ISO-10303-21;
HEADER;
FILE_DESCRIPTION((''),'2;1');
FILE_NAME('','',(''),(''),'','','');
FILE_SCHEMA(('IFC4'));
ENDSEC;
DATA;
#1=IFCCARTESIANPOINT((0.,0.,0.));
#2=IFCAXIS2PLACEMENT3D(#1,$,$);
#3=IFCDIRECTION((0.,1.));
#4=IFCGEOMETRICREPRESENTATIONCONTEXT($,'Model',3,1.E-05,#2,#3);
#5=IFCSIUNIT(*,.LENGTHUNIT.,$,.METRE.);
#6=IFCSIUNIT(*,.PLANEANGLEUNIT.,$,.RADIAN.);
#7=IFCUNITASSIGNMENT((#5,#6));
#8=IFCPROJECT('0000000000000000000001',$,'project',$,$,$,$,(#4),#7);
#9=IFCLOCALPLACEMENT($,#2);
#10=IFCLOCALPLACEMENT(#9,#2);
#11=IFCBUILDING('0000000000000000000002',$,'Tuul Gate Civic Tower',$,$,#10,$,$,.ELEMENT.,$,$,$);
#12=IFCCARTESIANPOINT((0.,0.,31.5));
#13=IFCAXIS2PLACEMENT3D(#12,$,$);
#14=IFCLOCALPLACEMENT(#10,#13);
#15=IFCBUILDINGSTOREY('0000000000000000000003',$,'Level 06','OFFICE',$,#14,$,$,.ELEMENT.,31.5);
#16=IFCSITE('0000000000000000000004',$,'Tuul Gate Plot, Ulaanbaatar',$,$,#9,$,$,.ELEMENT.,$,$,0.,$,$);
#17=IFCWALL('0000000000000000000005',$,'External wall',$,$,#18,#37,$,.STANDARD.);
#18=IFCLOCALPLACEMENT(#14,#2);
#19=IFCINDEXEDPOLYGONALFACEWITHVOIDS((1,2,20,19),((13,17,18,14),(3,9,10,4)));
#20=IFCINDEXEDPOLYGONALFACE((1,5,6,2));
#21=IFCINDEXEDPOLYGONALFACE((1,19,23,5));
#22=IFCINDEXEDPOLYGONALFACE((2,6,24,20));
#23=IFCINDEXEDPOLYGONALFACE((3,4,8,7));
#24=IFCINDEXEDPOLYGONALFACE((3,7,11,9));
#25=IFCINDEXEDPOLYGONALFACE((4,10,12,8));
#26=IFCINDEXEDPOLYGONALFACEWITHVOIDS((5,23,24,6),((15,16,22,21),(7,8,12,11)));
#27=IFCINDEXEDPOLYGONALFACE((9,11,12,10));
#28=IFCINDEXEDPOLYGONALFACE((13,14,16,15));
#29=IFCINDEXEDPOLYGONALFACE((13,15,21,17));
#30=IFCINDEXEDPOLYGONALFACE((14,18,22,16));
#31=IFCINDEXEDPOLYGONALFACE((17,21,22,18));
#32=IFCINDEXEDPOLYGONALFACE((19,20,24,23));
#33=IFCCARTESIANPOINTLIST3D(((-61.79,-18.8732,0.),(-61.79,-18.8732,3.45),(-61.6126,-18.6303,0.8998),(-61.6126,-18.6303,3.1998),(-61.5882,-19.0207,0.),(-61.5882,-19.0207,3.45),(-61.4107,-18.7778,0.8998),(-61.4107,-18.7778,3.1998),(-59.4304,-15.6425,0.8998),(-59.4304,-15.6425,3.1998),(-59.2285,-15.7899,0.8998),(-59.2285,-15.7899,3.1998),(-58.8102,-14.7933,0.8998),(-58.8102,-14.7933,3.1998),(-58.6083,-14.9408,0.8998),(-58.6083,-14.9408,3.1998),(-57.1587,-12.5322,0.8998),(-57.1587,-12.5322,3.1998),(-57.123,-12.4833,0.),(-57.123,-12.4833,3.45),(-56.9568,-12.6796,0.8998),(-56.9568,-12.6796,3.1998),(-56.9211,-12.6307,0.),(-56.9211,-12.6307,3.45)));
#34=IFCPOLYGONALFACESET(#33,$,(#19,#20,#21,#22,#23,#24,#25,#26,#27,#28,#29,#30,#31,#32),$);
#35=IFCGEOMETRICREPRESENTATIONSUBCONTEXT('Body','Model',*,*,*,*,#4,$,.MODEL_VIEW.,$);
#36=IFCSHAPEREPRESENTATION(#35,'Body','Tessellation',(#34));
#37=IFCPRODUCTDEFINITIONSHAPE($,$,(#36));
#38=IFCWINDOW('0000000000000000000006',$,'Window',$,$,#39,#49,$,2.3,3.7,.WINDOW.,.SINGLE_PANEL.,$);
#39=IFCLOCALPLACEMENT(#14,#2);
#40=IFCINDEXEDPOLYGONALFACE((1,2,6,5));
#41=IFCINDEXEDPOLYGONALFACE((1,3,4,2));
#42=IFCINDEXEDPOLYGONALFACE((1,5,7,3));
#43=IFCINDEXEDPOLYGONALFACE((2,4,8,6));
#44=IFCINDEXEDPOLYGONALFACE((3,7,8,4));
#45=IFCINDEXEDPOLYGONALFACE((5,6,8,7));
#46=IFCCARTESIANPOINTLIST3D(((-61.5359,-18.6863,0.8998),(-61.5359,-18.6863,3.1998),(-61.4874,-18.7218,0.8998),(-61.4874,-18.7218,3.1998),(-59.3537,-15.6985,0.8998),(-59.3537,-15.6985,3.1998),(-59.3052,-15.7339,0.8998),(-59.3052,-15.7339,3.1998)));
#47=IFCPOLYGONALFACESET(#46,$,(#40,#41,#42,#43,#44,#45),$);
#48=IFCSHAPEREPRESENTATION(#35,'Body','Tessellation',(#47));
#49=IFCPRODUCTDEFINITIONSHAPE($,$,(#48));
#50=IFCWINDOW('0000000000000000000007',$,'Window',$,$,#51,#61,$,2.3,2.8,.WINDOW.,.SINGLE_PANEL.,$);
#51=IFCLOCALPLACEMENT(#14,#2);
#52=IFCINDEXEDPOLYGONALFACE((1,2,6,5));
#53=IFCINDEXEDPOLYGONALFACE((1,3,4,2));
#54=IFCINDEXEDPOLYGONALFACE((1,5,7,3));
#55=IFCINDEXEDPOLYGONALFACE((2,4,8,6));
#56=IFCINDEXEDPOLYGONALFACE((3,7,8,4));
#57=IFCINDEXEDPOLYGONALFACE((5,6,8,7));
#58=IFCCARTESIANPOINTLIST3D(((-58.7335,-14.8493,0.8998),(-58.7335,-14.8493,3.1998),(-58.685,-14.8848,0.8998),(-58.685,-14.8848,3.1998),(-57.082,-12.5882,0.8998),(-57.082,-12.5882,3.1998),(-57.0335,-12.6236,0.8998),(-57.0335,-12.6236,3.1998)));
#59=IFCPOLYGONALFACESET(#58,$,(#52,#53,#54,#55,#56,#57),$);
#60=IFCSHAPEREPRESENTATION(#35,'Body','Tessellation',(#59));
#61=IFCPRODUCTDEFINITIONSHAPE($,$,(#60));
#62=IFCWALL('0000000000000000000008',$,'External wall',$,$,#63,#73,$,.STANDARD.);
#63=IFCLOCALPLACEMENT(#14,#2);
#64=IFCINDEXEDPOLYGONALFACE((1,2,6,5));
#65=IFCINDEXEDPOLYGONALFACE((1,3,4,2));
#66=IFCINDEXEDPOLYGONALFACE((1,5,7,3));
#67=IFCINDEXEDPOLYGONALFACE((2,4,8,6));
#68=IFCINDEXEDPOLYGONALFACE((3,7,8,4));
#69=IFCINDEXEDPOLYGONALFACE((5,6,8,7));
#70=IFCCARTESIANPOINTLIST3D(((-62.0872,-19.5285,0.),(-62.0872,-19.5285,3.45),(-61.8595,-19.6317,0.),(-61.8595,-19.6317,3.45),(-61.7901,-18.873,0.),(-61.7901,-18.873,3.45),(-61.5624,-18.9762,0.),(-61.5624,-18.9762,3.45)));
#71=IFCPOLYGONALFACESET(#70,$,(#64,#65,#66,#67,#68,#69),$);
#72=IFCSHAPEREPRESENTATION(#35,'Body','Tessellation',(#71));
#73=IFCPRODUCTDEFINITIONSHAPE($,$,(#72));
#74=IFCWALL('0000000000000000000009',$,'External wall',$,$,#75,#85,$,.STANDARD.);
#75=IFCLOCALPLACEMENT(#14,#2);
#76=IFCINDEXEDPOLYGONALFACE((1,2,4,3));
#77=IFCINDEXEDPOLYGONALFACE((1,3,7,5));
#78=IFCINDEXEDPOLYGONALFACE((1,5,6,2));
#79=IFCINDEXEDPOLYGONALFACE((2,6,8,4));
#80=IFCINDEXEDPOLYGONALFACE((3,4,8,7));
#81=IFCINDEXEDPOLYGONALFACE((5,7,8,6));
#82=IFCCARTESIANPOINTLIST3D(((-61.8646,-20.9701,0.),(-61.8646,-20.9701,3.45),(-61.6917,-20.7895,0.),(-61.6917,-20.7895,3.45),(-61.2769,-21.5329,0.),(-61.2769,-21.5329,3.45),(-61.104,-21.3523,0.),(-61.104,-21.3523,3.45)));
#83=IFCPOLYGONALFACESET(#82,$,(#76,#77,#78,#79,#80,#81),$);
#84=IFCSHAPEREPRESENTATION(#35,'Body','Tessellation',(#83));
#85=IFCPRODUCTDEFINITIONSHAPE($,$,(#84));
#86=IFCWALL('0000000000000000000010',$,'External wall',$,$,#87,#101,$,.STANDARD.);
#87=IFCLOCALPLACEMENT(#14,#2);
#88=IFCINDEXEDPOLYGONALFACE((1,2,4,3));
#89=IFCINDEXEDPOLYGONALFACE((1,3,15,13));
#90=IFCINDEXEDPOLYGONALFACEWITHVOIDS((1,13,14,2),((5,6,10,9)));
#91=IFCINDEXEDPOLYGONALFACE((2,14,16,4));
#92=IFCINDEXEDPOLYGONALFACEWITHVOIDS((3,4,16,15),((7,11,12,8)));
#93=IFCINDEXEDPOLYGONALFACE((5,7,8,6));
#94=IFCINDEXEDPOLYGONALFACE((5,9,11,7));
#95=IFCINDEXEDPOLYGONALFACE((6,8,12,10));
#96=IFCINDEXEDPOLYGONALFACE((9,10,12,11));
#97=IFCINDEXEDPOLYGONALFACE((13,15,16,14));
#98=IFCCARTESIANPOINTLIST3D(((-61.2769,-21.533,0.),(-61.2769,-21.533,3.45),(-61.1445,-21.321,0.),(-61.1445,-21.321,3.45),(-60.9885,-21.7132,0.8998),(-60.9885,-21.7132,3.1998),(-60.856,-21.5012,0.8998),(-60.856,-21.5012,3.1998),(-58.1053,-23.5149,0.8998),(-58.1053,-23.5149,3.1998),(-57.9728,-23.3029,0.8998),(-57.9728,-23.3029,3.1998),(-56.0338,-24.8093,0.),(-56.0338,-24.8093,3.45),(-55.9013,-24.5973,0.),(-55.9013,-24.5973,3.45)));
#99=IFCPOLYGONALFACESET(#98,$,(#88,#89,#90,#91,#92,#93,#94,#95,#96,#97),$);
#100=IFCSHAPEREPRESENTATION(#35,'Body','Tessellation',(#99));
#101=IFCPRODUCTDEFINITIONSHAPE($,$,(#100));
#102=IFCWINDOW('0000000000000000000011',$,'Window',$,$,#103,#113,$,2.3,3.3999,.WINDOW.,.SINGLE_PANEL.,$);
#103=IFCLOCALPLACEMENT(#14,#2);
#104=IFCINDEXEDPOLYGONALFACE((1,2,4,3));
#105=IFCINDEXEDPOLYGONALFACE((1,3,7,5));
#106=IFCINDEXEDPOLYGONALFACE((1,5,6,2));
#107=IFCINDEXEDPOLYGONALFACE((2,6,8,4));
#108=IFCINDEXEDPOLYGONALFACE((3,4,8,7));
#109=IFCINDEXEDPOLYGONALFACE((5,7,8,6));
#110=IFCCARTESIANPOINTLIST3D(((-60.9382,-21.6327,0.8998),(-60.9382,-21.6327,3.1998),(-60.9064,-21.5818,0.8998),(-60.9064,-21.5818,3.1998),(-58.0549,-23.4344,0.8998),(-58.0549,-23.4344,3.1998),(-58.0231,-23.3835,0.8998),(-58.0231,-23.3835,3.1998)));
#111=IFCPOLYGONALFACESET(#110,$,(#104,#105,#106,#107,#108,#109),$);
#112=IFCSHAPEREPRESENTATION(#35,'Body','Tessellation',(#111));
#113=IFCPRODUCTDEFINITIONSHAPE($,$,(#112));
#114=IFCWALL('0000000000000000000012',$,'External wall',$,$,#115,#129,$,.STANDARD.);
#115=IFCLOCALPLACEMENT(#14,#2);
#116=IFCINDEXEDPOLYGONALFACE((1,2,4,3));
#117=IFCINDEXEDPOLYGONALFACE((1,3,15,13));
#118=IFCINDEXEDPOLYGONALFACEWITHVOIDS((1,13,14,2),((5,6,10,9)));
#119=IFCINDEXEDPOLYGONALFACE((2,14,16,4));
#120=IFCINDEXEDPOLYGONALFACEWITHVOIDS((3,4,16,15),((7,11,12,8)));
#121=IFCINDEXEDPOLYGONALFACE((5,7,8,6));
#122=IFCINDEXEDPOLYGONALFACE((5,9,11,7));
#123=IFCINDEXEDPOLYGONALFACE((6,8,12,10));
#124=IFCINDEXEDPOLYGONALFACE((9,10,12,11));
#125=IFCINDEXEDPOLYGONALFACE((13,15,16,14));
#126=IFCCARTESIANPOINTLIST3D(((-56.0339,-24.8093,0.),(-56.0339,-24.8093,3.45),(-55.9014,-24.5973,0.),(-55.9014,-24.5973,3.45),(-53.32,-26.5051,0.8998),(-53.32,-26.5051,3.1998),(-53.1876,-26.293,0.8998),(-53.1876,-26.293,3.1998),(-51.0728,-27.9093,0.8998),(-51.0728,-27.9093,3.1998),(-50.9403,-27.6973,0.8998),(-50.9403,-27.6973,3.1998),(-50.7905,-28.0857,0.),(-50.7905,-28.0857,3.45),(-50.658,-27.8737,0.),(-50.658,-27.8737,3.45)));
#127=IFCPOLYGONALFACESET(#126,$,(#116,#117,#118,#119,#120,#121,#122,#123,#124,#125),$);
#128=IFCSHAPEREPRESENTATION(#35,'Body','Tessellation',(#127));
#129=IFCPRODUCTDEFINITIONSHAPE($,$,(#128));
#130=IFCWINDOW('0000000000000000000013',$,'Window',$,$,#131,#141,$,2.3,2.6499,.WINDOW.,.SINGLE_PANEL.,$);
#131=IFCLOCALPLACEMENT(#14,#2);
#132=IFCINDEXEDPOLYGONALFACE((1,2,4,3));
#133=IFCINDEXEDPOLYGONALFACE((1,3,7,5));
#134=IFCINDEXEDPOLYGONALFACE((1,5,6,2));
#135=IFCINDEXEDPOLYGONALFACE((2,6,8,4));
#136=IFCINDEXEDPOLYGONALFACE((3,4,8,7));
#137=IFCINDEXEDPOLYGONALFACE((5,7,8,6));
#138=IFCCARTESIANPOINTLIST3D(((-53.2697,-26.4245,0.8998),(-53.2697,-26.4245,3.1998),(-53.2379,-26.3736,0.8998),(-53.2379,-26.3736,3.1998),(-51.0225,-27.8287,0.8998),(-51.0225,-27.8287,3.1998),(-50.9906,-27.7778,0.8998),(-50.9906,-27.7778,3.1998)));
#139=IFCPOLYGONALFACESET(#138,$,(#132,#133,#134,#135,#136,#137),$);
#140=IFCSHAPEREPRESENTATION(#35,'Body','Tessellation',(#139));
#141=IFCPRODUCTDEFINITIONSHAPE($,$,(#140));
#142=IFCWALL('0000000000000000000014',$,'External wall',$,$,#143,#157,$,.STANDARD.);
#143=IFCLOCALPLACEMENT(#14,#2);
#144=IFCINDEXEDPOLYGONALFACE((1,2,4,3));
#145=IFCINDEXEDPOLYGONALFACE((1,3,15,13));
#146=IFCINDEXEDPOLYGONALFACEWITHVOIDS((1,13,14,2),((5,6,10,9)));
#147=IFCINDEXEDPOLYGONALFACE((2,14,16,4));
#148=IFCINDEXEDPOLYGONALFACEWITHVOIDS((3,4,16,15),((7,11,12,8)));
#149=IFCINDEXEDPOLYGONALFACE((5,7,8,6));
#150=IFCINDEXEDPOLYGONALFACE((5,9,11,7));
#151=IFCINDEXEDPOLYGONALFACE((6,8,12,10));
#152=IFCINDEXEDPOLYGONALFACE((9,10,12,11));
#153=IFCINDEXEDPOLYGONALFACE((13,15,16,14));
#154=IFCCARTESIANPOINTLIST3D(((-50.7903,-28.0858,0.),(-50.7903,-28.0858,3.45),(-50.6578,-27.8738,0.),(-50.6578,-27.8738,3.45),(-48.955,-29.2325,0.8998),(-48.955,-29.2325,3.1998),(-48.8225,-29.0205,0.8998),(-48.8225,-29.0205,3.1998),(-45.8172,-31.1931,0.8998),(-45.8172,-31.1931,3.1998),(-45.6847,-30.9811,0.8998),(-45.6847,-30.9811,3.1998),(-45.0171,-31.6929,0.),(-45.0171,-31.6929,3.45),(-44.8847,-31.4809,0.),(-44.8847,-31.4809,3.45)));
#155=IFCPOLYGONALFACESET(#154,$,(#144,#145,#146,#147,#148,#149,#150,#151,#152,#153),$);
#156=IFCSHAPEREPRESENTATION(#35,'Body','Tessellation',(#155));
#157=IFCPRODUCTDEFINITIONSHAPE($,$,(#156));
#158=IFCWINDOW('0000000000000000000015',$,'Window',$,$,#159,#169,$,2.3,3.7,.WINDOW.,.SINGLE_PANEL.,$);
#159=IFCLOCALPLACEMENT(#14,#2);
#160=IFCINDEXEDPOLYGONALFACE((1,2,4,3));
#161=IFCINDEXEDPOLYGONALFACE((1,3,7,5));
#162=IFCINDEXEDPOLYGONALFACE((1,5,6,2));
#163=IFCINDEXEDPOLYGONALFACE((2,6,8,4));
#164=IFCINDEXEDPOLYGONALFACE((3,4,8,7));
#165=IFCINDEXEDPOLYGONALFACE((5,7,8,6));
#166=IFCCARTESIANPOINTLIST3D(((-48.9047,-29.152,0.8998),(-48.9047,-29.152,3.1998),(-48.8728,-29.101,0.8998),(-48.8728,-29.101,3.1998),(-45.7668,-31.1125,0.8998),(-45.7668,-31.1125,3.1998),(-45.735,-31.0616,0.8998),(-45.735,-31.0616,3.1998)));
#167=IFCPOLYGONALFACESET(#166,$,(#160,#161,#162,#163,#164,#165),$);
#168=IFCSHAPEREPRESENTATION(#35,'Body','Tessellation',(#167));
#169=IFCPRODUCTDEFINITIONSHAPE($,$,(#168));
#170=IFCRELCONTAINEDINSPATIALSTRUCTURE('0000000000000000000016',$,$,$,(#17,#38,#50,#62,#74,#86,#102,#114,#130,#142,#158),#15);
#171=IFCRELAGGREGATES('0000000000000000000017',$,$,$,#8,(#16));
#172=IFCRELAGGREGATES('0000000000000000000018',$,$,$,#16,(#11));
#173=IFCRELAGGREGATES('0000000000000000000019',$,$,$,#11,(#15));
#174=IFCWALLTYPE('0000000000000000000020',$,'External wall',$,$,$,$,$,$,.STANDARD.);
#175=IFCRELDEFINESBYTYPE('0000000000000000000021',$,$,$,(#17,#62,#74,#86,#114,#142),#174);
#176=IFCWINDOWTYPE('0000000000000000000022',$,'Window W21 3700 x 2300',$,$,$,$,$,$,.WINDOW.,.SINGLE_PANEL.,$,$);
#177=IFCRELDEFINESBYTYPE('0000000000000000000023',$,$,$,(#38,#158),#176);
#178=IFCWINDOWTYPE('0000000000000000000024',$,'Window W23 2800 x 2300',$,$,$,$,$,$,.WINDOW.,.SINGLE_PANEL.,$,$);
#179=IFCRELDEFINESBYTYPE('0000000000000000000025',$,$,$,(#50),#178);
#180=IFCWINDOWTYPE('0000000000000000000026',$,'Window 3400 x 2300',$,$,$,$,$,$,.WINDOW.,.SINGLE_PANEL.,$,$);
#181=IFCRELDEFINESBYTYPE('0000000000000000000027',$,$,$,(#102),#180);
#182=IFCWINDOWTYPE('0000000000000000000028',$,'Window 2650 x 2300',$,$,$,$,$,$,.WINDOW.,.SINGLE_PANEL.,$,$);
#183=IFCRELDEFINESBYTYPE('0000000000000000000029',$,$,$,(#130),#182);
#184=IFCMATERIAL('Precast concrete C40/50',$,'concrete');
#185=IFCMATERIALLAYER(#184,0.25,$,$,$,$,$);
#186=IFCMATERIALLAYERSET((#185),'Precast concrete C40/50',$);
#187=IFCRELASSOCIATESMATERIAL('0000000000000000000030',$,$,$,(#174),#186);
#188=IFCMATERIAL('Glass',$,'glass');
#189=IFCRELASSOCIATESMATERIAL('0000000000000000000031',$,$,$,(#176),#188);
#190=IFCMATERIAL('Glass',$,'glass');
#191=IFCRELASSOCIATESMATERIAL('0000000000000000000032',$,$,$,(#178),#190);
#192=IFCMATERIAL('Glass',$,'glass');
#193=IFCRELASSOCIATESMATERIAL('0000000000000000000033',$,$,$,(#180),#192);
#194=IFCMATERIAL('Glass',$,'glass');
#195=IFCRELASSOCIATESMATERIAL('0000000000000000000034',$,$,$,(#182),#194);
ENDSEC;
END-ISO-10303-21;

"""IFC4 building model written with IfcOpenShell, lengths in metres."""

from ifc_helpers import new_model, si_unit, direction, frame, frame_2d, origin, place, context, subcontext, project, spatial, rectangle, extrude, material, layer, layer_set, type_object, element, fill, save


model = new_model("IFC4")

# Units and contexts
model_context = context("Model", 3, precision=1e-05, world=origin(), true_north=direction((0.0, 1.0)))
body_context = subcontext(model_context, "Body", "Model", "MODEL_VIEW")
ifc_project = project(units=[si_unit("LENGTHUNIT", "METRE"), si_unit("PLANEANGLEUNIT", "RADIAN")], contexts=[model_context])

# Site, building, storey
site_placement = place(None, origin())
site = spatial("IfcSite", under=ifc_project, at=site_placement, Name="Tuul Gate Plot, Ulaanbaatar", CompositionType="ELEMENT", RefElevation=0.0)
building_placement = place(site_placement, origin())
building = spatial("IfcBuilding", under=site, at=building_placement, Name="Tuul Gate Civic Tower", CompositionType="ELEMENT")
storey_placement = place(building_placement, frame((0.0, 0.0, 31.5)))
storey = spatial("IfcBuildingStorey", under=building, at=storey_placement, Name="Level 06", Description="OFFICE", CompositionType="ELEMENT", Elevation=31.5)

# Wall, openings, windows
ifc_material_1 = material(Name="Precast concrete C40/50", Category="concrete")
ifc_layer_1 = layer(ifc_material_1, 0.25)
ifc_layer_set_1 = layer_set([ifc_layer_1], Name="Precast concrete C40/50")
wall_type_1 = type_object("IfcWallType", Name="External wall", PredefinedType="STANDARD", material=ifc_layer_set_1)
wall_1_placement = place(storey_placement, frame((-57.022, -12.5569, 0.0), z_axis=(0.0, 0.0, 1.0), x_axis=(-0.589807, -0.807544, 0.0)))
wall_1 = element("IfcWall", 1, at=wall_1_placement, inside=storey, type_object=wall_type_1, Name="External wall", PredefinedType="STANDARD", context=body_context, shape_type="SweptSolid", body=[
    extrude(rectangle(XDim=7.9128, YDim=0.25, at=frame_2d((3.9565, 0.0))), origin(), (0.0, 0.0, 1.0), 3.45),
])
opening_1_placement = place(wall_1_placement, frame((0.0608, 0.0, 0.8999)))
opening_1 = element("IfcOpeningElement", 2, at=opening_1_placement, cuts=wall_1, PredefinedType="OPENING", context=body_context, shape_type="SweptSolid", body=[
    extrude(rectangle(XDim=2.8, YDim=2.3, at=frame_2d((1.3999, 1.1499))), frame((0.0, 0.135, 0.0), z_axis=(0.0, -1.0, 0.0), x_axis=(1.0, 0.0, 0.0)), (0.0, 0.0, 1.0), 0.27),
])
opening_2_placement = place(wall_1_placement, frame((3.9121, 0.0, 0.8999)))
opening_2 = element("IfcOpeningElement", 3, at=opening_2_placement, cuts=wall_1, PredefinedType="OPENING", context=body_context, shape_type="SweptSolid", body=[
    extrude(rectangle(XDim=3.7, YDim=2.3, at=frame_2d((1.8501, 1.1499))), frame((0.0, 0.135, 0.0), z_axis=(0.0, -1.0, 0.0), x_axis=(1.0, 0.0, 0.0)), (0.0, 0.0, 1.0), 0.27),
])
ifc_material_2 = material(Name="Glass", Category="glass")
window_type_1 = type_object("IfcWindowType", Name="Window W21 3700 x 2300", PartitioningType="SINGLE_PANEL", PredefinedType="WINDOW", material=ifc_material_2)
window_1_placement = place(opening_2_placement, origin())
window_1 = element("IfcWindow", 4, at=window_1_placement, inside=storey, type_object=window_type_1, Name="Window", OverallHeight=2.3, OverallWidth=3.7, PartitioningType="SINGLE_PANEL", PredefinedType="WINDOW", context=body_context, shape_type="SweptSolid", body=[
    extrude(rectangle(XDim=3.7, YDim=2.3, at=frame_2d((1.8501, 1.1499))), frame((0.0, 0.03, 0.0), z_axis=(0.0, -1.0, 0.0), x_axis=(1.0, 0.0, 0.0)), (0.0, 0.0, 1.0), 0.0601),
])
fill(opening_2, window_1)
ifc_material_3 = material(Name="Glass", Category="glass")
window_type_2 = type_object("IfcWindowType", Name="Window W23 2800 x 2300", PartitioningType="SINGLE_PANEL", PredefinedType="WINDOW", material=ifc_material_3)
window_2_placement = place(opening_1_placement, origin())
window_2 = element("IfcWindow", 5, at=window_2_placement, inside=storey, type_object=window_type_2, Name="Window", OverallHeight=2.3, OverallWidth=2.8, PartitioningType="SINGLE_PANEL", PredefinedType="WINDOW", context=body_context, shape_type="SweptSolid", body=[
    extrude(rectangle(XDim=2.8, YDim=2.3, at=frame_2d((1.3999, 1.1499))), frame((0.0, 0.03, 0.0), z_axis=(0.0, -1.0, 0.0), x_axis=(1.0, 0.0, 0.0)), (0.0, 0.0, 1.0), 0.0601),
])
fill(opening_1, window_2)

# Walls
wall_2_placement = place(storey_placement, frame((-61.6763, -18.9246, 0.0), z_axis=(0.0, 0.0, 1.0), x_axis=(-0.412832, -0.910807, 0.0)))
element("IfcWall", 6, at=wall_2_placement, inside=storey, type_object=wall_type_1, Name="External wall", PredefinedType="STANDARD", context=body_context, shape_type="SweptSolid", body=[
    extrude(rectangle(XDim=0.7197, YDim=0.25, at=frame_2d((0.3599, 0.0))), origin(), (0.0, 0.0, 1.0), 3.45),
])
wall_3_placement = place(storey_placement, frame((-61.7781, -20.8799, 0.0), z_axis=(0.0, 0.0, 1.0), x_axis=(0.722244, -0.691638, 0.0)))
element("IfcWall", 7, at=wall_3_placement, inside=storey, type_object=wall_type_1, Name="External wall", PredefinedType="STANDARD", context=body_context, shape_type="SweptSolid", body=[
    extrude(rectangle(XDim=0.8137, YDim=0.25, at=frame_2d((0.4067, 0.0))), origin(), (0.0, 0.0, 1.0), 3.45),
])

# Walls, openings, windows
wall_4_placement = place(storey_placement, frame((-61.2107, -21.427, 0.0), z_axis=(0.0, 0.0, 1.0), x_axis=(0.848043, -0.529928, 0.0)))
wall_4 = element("IfcWall", 8, at=wall_4_placement, inside=storey, type_object=wall_type_1, Name="External wall", PredefinedType="STANDARD", context=body_context, shape_type="SweptSolid", body=[
    extrude(rectangle(XDim=6.1826, YDim=0.25, at=frame_2d((3.0913, 0.0))), origin(), (0.0, 0.0, 1.0), 3.45),
])
opening_3_placement = place(wall_4_placement, frame((0.3401, 0.0, 0.8999)))
opening_3 = element("IfcOpeningElement", 9, at=opening_3_placement, cuts=wall_4, PredefinedType="OPENING", context=body_context, shape_type="SweptSolid", body=[
    extrude(rectangle(XDim=3.3999, YDim=2.3, at=frame_2d((1.7, 1.1499))), frame((0.0, 0.135, 0.0), z_axis=(0.0, -1.0, 0.0), x_axis=(1.0, 0.0, 0.0)), (0.0, 0.0, 1.0), 0.27),
])
ifc_material_4 = material(Name="Glass", Category="glass")
window_type_3 = type_object("IfcWindowType", Name="Window 3400 x 2300", PartitioningType="SINGLE_PANEL", PredefinedType="WINDOW", material=ifc_material_4)
window_3_placement = place(opening_3_placement, origin())
window_3 = element("IfcWindow", 10, at=window_3_placement, inside=storey, type_object=window_type_3, Name="Window", OverallHeight=2.3, OverallWidth=3.3999, PartitioningType="SINGLE_PANEL", PredefinedType="WINDOW", context=body_context, shape_type="SweptSolid", body=[
    extrude(rectangle(XDim=3.3999, YDim=2.3, at=frame_2d((1.7, 1.1499))), frame((0.0, 0.03, 0.0), z_axis=(0.0, -1.0, 0.0), x_axis=(1.0, 0.0, 0.0)), (0.0, 0.0, 1.0), 0.0601),
])
fill(opening_3, window_3)
wall_5_placement = place(storey_placement, frame((-55.9675, -24.7034, 0.0), z_axis=(0.0, 0.0, 1.0), x_axis=(0.848054, -0.52991, 0.0)))
wall_5 = element("IfcWall", 11, at=wall_5_placement, inside=storey, type_object=wall_type_1, Name="External wall", PredefinedType="STANDARD", context=body_context, shape_type="SweptSolid", body=[
    extrude(rectangle(XDim=6.1829, YDim=0.25, at=frame_2d((3.0913, 0.0))), origin(), (0.0, 0.0, 1.0), 3.45),
])
opening_4_placement = place(wall_5_placement, frame((3.2, 0.0, 0.8999)))
opening_4 = element("IfcOpeningElement", 12, at=opening_4_placement, cuts=wall_5, PredefinedType="OPENING", context=body_context, shape_type="SweptSolid", body=[
    extrude(rectangle(XDim=2.6499, YDim=2.3, at=frame_2d((1.325, 1.1499))), frame((0.0, 0.135, 0.0), z_axis=(0.0, -1.0, 0.0), x_axis=(1.0, 0.0, 0.0)), (0.0, 0.0, 1.0), 0.27),
])
ifc_material_5 = material(Name="Glass", Category="glass")
window_type_4 = type_object("IfcWindowType", Name="Window 2650 x 2300", PartitioningType="SINGLE_PANEL", PredefinedType="WINDOW", material=ifc_material_5)
window_4_placement = place(opening_4_placement, origin())
window_4 = element("IfcWindow", 13, at=window_4_placement, inside=storey, type_object=window_type_4, Name="Window", OverallHeight=2.3, OverallWidth=2.6499, PartitioningType="SINGLE_PANEL", PredefinedType="WINDOW", context=body_context, shape_type="SweptSolid", body=[
    extrude(rectangle(XDim=2.6499, YDim=2.3, at=frame_2d((1.325, 1.1499))), frame((0.0, 0.03, 0.0), z_axis=(0.0, -1.0, 0.0), x_axis=(1.0, 0.0, 0.0)), (0.0, 0.0, 1.0), 0.0601),
])
fill(opening_4, window_4)
wall_6_placement = place(storey_placement, frame((-50.7241, -27.9797, 0.0), z_axis=(0.0, 0.0, 1.0), x_axis=(0.848069, -0.529886, 0.0)))
wall_6 = element("IfcWall", 14, at=wall_6_placement, inside=storey, type_object=wall_type_1, Name="External wall", PredefinedType="STANDARD", context=body_context, shape_type="SweptSolid", body=[
    extrude(rectangle(XDim=6.8074, YDim=0.25, at=frame_2d((3.4038, 0.0))), origin(), (0.0, 0.0, 1.0), 3.45),
])
opening_5_placement = place(wall_6_placement, frame((2.1641, 0.0, 0.8999)))
opening_5 = element("IfcOpeningElement", 15, at=opening_5_placement, cuts=wall_6, PredefinedType="OPENING", context=body_context, shape_type="SweptSolid", body=[
    extrude(rectangle(XDim=3.7, YDim=2.3, at=frame_2d((1.8501, 1.1499))), frame((0.0, 0.135, 0.0), z_axis=(0.0, -1.0, 0.0), x_axis=(1.0, 0.0, 0.0)), (0.0, 0.0, 1.0), 0.27),
])
window_5_placement = place(opening_5_placement, origin())
window_5 = element("IfcWindow", 16, at=window_5_placement, inside=storey, type_object=window_type_1, Name="Window", OverallHeight=2.3, OverallWidth=3.7, PartitioningType="SINGLE_PANEL", PredefinedType="WINDOW", context=body_context, shape_type="SweptSolid", body=[
    extrude(rectangle(XDim=3.7, YDim=2.3, at=frame_2d((1.8501, 1.1499))), frame((0.0, 0.03, 0.0), z_axis=(0.0, -1.0, 0.0), x_axis=(1.0, 0.0, 0.0)), (0.0, 0.0, 1.0), 0.0601),
])
fill(opening_5, window_5)

save(model, "model.ifc")
